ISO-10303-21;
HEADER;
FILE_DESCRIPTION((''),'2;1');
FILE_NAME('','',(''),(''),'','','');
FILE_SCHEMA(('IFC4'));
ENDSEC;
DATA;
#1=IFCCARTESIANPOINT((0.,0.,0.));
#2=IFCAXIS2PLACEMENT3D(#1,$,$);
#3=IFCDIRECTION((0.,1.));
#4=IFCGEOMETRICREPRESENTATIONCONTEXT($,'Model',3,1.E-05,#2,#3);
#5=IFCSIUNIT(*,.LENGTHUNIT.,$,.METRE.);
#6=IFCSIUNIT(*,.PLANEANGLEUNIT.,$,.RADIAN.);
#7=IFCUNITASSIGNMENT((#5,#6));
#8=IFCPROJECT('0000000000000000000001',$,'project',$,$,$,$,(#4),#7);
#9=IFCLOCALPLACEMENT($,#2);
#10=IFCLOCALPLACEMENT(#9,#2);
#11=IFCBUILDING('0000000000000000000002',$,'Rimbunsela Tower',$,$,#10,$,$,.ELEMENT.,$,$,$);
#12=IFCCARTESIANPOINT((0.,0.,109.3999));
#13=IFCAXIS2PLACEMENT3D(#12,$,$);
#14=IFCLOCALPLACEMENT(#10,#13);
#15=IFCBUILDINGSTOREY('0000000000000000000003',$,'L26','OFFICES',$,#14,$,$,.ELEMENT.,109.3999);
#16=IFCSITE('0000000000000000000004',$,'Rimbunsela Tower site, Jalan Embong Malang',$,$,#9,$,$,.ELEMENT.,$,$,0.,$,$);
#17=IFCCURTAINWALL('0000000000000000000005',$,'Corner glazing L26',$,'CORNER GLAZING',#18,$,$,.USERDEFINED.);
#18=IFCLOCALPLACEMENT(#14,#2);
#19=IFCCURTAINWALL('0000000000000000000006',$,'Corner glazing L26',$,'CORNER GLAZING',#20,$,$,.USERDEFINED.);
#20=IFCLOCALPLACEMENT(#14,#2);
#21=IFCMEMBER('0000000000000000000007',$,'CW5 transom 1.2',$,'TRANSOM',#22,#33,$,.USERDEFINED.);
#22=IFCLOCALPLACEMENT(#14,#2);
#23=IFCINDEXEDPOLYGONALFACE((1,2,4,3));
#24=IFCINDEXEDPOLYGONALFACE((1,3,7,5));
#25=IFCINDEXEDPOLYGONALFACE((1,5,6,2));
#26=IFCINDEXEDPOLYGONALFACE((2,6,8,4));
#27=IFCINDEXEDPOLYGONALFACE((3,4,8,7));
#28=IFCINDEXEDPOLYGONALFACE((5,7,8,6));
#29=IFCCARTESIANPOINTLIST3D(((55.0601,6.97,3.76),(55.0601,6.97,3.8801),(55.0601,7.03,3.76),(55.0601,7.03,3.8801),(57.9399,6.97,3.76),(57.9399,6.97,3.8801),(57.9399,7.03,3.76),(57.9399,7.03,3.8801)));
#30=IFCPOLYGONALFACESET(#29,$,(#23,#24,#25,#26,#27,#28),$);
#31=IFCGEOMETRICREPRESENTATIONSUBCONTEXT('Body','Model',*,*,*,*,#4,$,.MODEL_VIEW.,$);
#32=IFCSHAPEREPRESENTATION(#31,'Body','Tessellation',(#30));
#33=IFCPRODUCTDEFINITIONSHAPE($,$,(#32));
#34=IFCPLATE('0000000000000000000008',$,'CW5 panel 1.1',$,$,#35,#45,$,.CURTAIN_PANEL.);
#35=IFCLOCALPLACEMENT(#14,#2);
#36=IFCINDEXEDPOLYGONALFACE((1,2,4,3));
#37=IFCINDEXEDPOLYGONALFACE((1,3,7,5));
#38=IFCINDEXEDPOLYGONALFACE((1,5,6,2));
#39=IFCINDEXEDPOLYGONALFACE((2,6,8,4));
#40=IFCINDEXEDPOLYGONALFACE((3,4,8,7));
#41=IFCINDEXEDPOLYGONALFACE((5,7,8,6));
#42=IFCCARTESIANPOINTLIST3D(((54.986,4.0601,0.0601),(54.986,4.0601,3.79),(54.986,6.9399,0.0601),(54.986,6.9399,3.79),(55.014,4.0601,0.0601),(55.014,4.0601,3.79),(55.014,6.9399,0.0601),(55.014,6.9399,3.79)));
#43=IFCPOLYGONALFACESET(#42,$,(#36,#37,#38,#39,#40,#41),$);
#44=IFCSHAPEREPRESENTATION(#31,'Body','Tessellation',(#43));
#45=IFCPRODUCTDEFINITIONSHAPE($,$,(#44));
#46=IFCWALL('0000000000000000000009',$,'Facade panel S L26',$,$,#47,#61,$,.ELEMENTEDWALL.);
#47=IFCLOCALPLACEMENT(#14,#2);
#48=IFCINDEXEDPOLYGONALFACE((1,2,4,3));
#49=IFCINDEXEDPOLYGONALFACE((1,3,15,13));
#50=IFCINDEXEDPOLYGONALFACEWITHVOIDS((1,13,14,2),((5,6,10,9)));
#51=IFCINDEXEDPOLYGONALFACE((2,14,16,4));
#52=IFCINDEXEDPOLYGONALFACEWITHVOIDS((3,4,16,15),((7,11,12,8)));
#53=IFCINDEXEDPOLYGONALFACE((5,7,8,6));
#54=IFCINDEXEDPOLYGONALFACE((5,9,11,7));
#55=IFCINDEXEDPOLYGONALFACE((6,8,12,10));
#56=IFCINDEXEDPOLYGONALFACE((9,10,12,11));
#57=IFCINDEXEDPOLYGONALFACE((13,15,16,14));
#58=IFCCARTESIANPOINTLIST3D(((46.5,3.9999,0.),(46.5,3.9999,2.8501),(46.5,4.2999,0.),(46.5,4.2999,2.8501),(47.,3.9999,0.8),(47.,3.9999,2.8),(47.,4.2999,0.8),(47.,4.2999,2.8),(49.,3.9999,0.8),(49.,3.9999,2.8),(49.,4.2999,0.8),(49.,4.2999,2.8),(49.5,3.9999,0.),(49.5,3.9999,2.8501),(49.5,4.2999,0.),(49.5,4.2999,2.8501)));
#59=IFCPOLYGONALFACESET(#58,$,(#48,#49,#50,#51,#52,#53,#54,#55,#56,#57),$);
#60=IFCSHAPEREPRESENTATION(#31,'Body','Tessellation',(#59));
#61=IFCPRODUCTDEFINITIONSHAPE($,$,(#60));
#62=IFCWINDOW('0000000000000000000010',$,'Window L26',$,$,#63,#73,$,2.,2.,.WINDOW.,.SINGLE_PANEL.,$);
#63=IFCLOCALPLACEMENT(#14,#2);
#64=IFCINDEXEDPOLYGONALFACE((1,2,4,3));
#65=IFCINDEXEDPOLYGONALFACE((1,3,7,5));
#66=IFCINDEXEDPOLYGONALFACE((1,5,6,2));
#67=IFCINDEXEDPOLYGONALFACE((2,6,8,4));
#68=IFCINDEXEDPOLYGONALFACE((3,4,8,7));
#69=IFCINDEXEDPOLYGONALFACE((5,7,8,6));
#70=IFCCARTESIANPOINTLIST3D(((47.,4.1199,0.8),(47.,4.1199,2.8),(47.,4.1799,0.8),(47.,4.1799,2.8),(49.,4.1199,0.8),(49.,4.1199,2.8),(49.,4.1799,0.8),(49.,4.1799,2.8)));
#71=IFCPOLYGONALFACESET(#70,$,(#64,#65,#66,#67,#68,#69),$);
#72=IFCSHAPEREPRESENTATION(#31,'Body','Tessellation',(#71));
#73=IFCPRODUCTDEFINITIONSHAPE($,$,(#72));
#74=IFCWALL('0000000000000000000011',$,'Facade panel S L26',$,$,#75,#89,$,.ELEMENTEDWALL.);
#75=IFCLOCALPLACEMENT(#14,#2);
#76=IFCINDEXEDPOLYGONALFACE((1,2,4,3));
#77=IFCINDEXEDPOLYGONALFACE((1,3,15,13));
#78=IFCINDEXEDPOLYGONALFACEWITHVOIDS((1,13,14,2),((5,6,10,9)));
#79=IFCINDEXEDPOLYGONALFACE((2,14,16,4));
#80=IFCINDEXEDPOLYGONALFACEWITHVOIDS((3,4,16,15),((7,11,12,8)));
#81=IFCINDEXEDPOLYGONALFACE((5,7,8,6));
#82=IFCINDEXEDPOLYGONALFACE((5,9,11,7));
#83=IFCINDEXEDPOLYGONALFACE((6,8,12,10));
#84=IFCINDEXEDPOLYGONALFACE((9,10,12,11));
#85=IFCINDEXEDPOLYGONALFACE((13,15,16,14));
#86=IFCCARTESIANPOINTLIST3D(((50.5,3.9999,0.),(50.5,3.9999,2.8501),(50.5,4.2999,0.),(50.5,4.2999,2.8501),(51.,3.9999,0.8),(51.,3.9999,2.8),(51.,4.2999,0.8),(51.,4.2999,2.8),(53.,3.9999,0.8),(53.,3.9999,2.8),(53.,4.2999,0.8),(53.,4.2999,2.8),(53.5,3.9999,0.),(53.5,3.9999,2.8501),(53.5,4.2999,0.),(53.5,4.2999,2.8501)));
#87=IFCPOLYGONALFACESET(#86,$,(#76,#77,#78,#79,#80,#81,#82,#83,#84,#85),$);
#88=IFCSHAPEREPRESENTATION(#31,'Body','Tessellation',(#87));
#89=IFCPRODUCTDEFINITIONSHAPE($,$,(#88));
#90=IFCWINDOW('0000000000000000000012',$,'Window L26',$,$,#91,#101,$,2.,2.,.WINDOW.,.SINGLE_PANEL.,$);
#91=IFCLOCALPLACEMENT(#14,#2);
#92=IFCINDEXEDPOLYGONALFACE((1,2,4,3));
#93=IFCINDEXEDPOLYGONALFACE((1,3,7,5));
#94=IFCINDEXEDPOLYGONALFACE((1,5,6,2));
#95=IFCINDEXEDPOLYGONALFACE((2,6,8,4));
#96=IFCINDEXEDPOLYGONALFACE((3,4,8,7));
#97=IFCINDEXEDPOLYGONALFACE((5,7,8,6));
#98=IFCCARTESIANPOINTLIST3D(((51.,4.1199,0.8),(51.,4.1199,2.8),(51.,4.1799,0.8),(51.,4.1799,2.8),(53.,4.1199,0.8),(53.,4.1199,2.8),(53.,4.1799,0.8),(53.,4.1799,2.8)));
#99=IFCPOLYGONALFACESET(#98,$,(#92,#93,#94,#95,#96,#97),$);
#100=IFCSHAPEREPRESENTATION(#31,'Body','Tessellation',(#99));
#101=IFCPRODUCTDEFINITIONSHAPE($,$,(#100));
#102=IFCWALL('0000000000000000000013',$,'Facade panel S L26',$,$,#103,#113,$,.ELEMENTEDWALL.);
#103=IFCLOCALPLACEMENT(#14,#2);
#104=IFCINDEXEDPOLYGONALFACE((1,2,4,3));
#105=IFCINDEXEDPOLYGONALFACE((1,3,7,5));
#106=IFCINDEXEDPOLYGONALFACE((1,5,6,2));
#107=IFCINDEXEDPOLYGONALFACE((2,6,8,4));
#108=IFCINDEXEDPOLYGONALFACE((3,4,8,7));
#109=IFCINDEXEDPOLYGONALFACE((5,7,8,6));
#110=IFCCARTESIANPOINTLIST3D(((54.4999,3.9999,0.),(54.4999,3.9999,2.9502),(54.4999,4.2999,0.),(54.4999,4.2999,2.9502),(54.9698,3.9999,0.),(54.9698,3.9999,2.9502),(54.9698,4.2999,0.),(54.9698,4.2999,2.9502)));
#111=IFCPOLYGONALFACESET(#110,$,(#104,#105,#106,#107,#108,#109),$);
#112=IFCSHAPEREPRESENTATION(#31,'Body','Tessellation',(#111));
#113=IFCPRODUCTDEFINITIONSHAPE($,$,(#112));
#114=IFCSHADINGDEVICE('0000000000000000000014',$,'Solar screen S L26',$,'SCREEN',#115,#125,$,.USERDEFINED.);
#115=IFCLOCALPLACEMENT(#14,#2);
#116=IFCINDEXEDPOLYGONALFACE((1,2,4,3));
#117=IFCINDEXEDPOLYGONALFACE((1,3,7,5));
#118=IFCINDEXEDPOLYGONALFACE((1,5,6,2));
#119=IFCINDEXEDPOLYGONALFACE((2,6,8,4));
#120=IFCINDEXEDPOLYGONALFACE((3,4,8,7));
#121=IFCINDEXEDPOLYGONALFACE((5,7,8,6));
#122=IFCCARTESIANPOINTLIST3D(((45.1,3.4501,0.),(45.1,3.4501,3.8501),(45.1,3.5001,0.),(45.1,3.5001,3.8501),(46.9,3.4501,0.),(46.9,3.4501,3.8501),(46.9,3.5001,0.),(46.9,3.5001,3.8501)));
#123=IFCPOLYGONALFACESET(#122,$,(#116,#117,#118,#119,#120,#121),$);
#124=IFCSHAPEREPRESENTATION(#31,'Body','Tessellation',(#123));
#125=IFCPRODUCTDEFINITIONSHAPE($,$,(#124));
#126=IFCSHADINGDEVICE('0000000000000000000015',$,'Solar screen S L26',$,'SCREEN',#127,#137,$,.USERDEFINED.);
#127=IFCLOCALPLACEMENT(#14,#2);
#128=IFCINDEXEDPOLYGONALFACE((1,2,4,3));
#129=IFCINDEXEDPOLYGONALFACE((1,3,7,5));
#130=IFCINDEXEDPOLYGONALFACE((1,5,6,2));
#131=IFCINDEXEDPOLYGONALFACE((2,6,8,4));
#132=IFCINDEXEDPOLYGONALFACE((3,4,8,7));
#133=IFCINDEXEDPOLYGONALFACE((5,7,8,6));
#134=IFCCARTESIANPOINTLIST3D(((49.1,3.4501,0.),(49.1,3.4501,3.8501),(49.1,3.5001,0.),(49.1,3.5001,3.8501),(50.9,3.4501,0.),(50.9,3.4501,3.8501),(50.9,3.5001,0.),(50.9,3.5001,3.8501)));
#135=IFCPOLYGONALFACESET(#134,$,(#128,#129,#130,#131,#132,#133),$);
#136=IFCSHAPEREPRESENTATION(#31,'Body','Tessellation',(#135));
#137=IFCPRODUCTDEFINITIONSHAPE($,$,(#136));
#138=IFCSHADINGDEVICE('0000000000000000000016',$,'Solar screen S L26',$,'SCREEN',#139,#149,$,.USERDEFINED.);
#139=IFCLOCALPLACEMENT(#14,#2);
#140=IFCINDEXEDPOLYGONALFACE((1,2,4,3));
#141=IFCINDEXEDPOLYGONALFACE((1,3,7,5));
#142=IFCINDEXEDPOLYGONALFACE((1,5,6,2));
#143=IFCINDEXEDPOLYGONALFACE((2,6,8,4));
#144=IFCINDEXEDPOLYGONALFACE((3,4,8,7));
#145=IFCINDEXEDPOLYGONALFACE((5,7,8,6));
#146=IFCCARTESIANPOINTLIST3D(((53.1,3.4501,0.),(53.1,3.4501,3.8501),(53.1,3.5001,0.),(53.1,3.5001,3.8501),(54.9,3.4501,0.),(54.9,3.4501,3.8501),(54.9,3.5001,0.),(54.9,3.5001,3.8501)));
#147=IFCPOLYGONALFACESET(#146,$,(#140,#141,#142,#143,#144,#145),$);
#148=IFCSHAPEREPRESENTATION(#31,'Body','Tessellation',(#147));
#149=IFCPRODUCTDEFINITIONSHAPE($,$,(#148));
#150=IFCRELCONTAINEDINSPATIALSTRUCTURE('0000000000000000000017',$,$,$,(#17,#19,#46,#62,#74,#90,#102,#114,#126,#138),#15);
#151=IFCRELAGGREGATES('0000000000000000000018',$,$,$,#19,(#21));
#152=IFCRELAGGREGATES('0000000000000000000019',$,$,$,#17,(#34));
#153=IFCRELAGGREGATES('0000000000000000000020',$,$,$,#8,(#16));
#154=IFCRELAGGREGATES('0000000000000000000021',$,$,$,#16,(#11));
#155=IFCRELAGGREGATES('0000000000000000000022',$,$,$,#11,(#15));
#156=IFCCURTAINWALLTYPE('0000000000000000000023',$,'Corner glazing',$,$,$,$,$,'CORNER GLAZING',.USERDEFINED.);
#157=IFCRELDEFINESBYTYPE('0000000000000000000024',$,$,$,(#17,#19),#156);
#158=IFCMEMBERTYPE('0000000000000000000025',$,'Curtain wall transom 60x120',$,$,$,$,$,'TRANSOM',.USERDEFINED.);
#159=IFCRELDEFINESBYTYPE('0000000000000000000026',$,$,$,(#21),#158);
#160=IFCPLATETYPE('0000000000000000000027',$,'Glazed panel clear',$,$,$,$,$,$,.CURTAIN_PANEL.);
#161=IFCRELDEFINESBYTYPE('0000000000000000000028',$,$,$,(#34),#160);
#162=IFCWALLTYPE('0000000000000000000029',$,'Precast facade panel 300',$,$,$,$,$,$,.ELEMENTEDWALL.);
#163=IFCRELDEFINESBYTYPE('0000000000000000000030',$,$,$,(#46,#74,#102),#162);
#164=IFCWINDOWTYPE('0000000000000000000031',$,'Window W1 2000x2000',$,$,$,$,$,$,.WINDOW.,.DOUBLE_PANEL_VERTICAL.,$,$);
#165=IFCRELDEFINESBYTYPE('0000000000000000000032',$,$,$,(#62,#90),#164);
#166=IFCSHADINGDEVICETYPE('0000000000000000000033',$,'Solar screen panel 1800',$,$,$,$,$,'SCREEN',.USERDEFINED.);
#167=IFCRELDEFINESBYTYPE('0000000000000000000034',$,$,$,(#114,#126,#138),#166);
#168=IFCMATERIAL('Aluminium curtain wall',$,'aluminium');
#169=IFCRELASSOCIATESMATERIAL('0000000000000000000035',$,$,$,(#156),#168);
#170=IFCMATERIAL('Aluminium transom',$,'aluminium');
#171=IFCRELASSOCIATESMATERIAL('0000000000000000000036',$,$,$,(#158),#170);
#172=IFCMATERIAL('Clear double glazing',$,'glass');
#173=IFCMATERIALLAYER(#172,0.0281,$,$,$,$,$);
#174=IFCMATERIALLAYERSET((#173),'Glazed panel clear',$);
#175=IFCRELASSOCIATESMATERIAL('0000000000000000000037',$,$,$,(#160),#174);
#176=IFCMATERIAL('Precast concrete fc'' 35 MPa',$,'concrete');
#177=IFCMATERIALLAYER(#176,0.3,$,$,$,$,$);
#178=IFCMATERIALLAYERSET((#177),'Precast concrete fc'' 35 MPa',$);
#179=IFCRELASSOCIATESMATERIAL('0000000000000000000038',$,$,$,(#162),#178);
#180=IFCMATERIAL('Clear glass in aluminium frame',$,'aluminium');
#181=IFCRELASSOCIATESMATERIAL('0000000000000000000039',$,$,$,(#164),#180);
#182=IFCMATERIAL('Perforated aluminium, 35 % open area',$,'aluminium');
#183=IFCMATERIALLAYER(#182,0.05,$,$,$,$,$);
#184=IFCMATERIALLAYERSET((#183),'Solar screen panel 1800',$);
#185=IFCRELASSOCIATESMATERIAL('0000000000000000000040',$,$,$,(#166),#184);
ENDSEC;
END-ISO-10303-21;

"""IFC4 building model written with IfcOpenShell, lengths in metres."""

from ifc_helpers import new_model, si_unit, direction, frame, frame_2d, origin, origin_2d, place, context, subcontext, project, spatial, rectangle, extrude, material, layer, layer_set, material_profile, profile_set, type_object, element, fill, aggregate, save


model = new_model("IFC4")

# Units and contexts
model_context = context("Model", 3, precision=1e-05, world=origin(), true_north=direction((0.0, 1.0)))
body_context = subcontext(model_context, "Body", "Model", "MODEL_VIEW")
ifc_project = project(units=[si_unit("LENGTHUNIT", "METRE"), si_unit("PLANEANGLEUNIT", "RADIAN")], contexts=[model_context])

# Site, building, storey
site_placement = place(None, origin())
site = spatial("IfcSite", under=ifc_project, at=site_placement, Name="Rimbunsela Tower site, Jalan Embong Malang", CompositionType="ELEMENT", RefElevation=0.0)
building_placement = place(site_placement, origin())
building = spatial("IfcBuilding", under=site, at=building_placement, Name="Rimbunsela Tower", CompositionType="ELEMENT")
storey_placement = place(building_placement, frame((0.0, 0.0, 109.3999)))
storey = spatial("IfcBuildingStorey", under=building, at=storey_placement, Name="L26", Description="OFFICES", CompositionType="ELEMENT", Elevation=109.3999)

# Curtain wall
ifc_material_1 = material(Name="Aluminium curtain wall", Category="aluminium")
curtain_wall_type = type_object("IfcCurtainWallType", Name="Corner glazing", ElementType="CORNER GLAZING", PredefinedType="USERDEFINED", material=ifc_material_1)
curtain_wall_1_placement = place(storey_placement, origin())
curtain_wall_1 = element("IfcCurtainWall", 1, at=curtain_wall_1_placement, inside=storey, type_object=curtain_wall_type, Name="Corner glazing L26", ObjectType="CORNER GLAZING", PredefinedType="USERDEFINED")

# Curtain wall
curtain_wall_2_placement = place(storey_placement, origin())
curtain_wall_2 = element("IfcCurtainWall", 2, at=curtain_wall_2_placement, inside=storey, type_object=curtain_wall_type, Name="Corner glazing L26", ObjectType="CORNER GLAZING", PredefinedType="USERDEFINED")

# Member
ifc_material_2 = material(Name="Aluminium transom", Category="aluminium")
ifc_material_profile_1 = material_profile(ifc_material_2, rectangle(XDim=0.0601, YDim=0.1201, at=origin_2d()), Name="Transom 60x120")
ifc_profile_set_1 = profile_set([ifc_material_profile_1], Name="Aluminium transom")
member_type_1 = type_object("IfcMemberType", Name="Curtain wall transom 60x120", ElementType="TRANSOM", PredefinedType="USERDEFINED", material=ifc_profile_set_1)
member_1_placement = place(storey_placement, frame((55.0601, 7.0, 3.8201), z_axis=(1.0, 0.0, 0.0), x_axis=(0.0, 1.0, 0.0)))
member_1 = element("IfcMember", 3, at=member_1_placement, type_object=member_type_1, Name="CW5 transom 1.2", ObjectType="TRANSOM", PredefinedType="USERDEFINED", context=body_context, shape_type="SweptSolid", body=[
    extrude(rectangle(XDim=0.0601, YDim=0.1201, at=origin_2d()), origin(), (0.0, 0.0, 1.0), 2.8799),
])
aggregate(curtain_wall_2, [member_1])

# Plate
ifc_material_3 = material(Name="Clear double glazing", Category="glass")
ifc_layer_1 = layer(ifc_material_3, 0.0281)
ifc_layer_set_1 = layer_set([ifc_layer_1], Name="Glazed panel clear")
plate_type = type_object("IfcPlateType", Name="Glazed panel clear", PredefinedType="CURTAIN_PANEL", material=ifc_layer_set_1)
plate_placement = place(storey_placement, frame((55.0, 5.5, 0.0601), z_axis=(0.0, 0.0, 1.0), x_axis=(0.0, 1.0, 0.0)))
plate = element("IfcPlate", 4, at=plate_placement, type_object=plate_type, Name="CW5 panel 1.1", PredefinedType="CURTAIN_PANEL", context=body_context, shape_type="SweptSolid", body=[
    extrude(rectangle(XDim=2.8799, YDim=0.0281, at=origin_2d()), origin(), (0.0, 0.0, 1.0), 3.73),
])
aggregate(curtain_wall_1, [plate])

# Walls, openings, windows
ifc_material_4 = material(Name="Precast concrete fc' 35 MPa", Category="concrete")
ifc_layer_2 = layer(ifc_material_4, 0.3)
ifc_layer_set_2 = layer_set([ifc_layer_2], Name="Precast concrete fc' 35 MPa")
wall_type = type_object("IfcWallType", Name="Precast facade panel 300", PredefinedType="ELEMENTEDWALL", material=ifc_layer_set_2)
wall_1_placement = place(storey_placement, frame((46.5, 4.1499, 0.0), z_axis=(0.0, 0.0, 1.0), x_axis=(1.0, 0.0, 0.0)))
wall_1 = element("IfcWall", 5, at=wall_1_placement, inside=storey, type_object=wall_type, Name="Facade panel S L26", PredefinedType="ELEMENTEDWALL", context=body_context, shape_type="SweptSolid", body=[
    extrude(rectangle(XDim=3.0, YDim=0.3, at=frame_2d((1.5, 0.0))), origin(), (0.0, 0.0, 1.0), 2.8501),
])
opening_1_placement = place(wall_1_placement, frame((0.5, 0.0, 0.8)))
opening_1 = element("IfcOpeningElement", 6, at=opening_1_placement, cuts=wall_1, PredefinedType="OPENING", context=body_context, shape_type="SweptSolid", body=[
    extrude(rectangle(XDim=2.0, YDim=2.0, at=frame_2d((1.0, 1.0))), frame((0.0, 0.1599, 0.0), z_axis=(0.0, -1.0, 0.0), x_axis=(1.0, 0.0, 0.0)), (0.0, 0.0, 1.0), 0.3201),
])
ifc_material_5 = material(Name="Clear glass in aluminium frame", Category="aluminium")
window_type = type_object("IfcWindowType", Name="Window W1 2000x2000", PartitioningType="DOUBLE_PANEL_VERTICAL", PredefinedType="WINDOW", material=ifc_material_5)
window_1_placement = place(opening_1_placement, origin())
window_1 = element("IfcWindow", 7, at=window_1_placement, inside=storey, type_object=window_type, Name="Window L26", OverallHeight=2.0, OverallWidth=2.0, PartitioningType="SINGLE_PANEL", PredefinedType="WINDOW", context=body_context, shape_type="SweptSolid", body=[
    extrude(rectangle(XDim=2.0, YDim=2.0, at=frame_2d((1.0, 1.0))), frame((0.0, 0.03, 0.0), z_axis=(0.0, -1.0, 0.0), x_axis=(1.0, 0.0, 0.0)), (0.0, 0.0, 1.0), 0.0601),
])
fill(opening_1, window_1)
wall_2_placement = place(storey_placement, frame((50.5, 4.1499, 0.0), z_axis=(0.0, 0.0, 1.0), x_axis=(1.0, 0.0, 0.0)))
wall_2 = element("IfcWall", 8, at=wall_2_placement, inside=storey, type_object=wall_type, Name="Facade panel S L26", PredefinedType="ELEMENTEDWALL", context=body_context, shape_type="SweptSolid", body=[
    extrude(rectangle(XDim=3.0, YDim=0.3, at=frame_2d((1.5, 0.0))), origin(), (0.0, 0.0, 1.0), 2.8501),
])
opening_2_placement = place(wall_2_placement, frame((0.5, 0.0, 0.8)))
opening_2 = element("IfcOpeningElement", 9, at=opening_2_placement, cuts=wall_2, PredefinedType="OPENING", context=body_context, shape_type="SweptSolid", body=[
    extrude(rectangle(XDim=2.0, YDim=2.0, at=frame_2d((1.0, 1.0))), frame((0.0, 0.1599, 0.0), z_axis=(0.0, -1.0, 0.0), x_axis=(1.0, 0.0, 0.0)), (0.0, 0.0, 1.0), 0.3201),
])
window_2_placement = place(opening_2_placement, origin())
window_2 = element("IfcWindow", 10, at=window_2_placement, inside=storey, type_object=window_type, Name="Window L26", OverallHeight=2.0, OverallWidth=2.0, PartitioningType="SINGLE_PANEL", PredefinedType="WINDOW", context=body_context, shape_type="SweptSolid", body=[
    extrude(rectangle(XDim=2.0, YDim=2.0, at=frame_2d((1.0, 1.0))), frame((0.0, 0.03, 0.0), z_axis=(0.0, -1.0, 0.0), x_axis=(1.0, 0.0, 0.0)), (0.0, 0.0, 1.0), 0.0601),
])
fill(opening_2, window_2)

# Wall
wall_3_placement = place(storey_placement, frame((54.5, 4.1499, 0.0), z_axis=(0.0, 0.0, 1.0), x_axis=(1.0, 0.0, 0.0)))
element("IfcWall", 11, at=wall_3_placement, inside=storey, type_object=wall_type, Name="Facade panel S L26", PredefinedType="ELEMENTEDWALL", context=body_context, shape_type="SweptSolid", body=[
    extrude(rectangle(XDim=0.47, YDim=0.3, at=frame_2d((0.2349, 0.0))), origin(), (0.0, 0.0, 1.0), 2.9502),
])

# Shading devices
ifc_material_6 = material(Name="Perforated aluminium, 35 % open area", Category="aluminium")
ifc_layer_3 = layer(ifc_material_6, 0.05)
ifc_layer_set_3 = layer_set([ifc_layer_3], Name="Solar screen panel 1800")
shading_device_type = type_object("IfcShadingDeviceType", Name="Solar screen panel 1800", ElementType="SCREEN", PredefinedType="USERDEFINED", material=ifc_layer_set_3)
for number, where, z_axis, x_axis, name in (
    (12, (46.0, 3.4751, 0.0), (0.0, 0.0, 1.0), (1.0, 0.0, 0.0), "Solar screen S L26"),
    (13, (50.0, 3.4751, 0.0), (0.0, 0.0, 1.0), (1.0, 0.0, 0.0), "Solar screen S L26"),
    (14, (54.0, 3.4751, 0.0), (0.0, 0.0, 1.0), (1.0, 0.0, 0.0), "Solar screen S L26"),
):
    element("IfcShadingDevice", number, at=place(storey_placement, frame(where, z_axis=z_axis, x_axis=x_axis)), inside=storey, type_object=shading_device_type, Name=name, ObjectType="SCREEN", PredefinedType="USERDEFINED", context=body_context, shape_type="SweptSolid", body=[
        extrude(rectangle(XDim=1.8, YDim=0.05, at=origin_2d()), origin(), (0.0, 0.0, 1.0), 3.8501),
    ])

save(model, "model.ifc")
